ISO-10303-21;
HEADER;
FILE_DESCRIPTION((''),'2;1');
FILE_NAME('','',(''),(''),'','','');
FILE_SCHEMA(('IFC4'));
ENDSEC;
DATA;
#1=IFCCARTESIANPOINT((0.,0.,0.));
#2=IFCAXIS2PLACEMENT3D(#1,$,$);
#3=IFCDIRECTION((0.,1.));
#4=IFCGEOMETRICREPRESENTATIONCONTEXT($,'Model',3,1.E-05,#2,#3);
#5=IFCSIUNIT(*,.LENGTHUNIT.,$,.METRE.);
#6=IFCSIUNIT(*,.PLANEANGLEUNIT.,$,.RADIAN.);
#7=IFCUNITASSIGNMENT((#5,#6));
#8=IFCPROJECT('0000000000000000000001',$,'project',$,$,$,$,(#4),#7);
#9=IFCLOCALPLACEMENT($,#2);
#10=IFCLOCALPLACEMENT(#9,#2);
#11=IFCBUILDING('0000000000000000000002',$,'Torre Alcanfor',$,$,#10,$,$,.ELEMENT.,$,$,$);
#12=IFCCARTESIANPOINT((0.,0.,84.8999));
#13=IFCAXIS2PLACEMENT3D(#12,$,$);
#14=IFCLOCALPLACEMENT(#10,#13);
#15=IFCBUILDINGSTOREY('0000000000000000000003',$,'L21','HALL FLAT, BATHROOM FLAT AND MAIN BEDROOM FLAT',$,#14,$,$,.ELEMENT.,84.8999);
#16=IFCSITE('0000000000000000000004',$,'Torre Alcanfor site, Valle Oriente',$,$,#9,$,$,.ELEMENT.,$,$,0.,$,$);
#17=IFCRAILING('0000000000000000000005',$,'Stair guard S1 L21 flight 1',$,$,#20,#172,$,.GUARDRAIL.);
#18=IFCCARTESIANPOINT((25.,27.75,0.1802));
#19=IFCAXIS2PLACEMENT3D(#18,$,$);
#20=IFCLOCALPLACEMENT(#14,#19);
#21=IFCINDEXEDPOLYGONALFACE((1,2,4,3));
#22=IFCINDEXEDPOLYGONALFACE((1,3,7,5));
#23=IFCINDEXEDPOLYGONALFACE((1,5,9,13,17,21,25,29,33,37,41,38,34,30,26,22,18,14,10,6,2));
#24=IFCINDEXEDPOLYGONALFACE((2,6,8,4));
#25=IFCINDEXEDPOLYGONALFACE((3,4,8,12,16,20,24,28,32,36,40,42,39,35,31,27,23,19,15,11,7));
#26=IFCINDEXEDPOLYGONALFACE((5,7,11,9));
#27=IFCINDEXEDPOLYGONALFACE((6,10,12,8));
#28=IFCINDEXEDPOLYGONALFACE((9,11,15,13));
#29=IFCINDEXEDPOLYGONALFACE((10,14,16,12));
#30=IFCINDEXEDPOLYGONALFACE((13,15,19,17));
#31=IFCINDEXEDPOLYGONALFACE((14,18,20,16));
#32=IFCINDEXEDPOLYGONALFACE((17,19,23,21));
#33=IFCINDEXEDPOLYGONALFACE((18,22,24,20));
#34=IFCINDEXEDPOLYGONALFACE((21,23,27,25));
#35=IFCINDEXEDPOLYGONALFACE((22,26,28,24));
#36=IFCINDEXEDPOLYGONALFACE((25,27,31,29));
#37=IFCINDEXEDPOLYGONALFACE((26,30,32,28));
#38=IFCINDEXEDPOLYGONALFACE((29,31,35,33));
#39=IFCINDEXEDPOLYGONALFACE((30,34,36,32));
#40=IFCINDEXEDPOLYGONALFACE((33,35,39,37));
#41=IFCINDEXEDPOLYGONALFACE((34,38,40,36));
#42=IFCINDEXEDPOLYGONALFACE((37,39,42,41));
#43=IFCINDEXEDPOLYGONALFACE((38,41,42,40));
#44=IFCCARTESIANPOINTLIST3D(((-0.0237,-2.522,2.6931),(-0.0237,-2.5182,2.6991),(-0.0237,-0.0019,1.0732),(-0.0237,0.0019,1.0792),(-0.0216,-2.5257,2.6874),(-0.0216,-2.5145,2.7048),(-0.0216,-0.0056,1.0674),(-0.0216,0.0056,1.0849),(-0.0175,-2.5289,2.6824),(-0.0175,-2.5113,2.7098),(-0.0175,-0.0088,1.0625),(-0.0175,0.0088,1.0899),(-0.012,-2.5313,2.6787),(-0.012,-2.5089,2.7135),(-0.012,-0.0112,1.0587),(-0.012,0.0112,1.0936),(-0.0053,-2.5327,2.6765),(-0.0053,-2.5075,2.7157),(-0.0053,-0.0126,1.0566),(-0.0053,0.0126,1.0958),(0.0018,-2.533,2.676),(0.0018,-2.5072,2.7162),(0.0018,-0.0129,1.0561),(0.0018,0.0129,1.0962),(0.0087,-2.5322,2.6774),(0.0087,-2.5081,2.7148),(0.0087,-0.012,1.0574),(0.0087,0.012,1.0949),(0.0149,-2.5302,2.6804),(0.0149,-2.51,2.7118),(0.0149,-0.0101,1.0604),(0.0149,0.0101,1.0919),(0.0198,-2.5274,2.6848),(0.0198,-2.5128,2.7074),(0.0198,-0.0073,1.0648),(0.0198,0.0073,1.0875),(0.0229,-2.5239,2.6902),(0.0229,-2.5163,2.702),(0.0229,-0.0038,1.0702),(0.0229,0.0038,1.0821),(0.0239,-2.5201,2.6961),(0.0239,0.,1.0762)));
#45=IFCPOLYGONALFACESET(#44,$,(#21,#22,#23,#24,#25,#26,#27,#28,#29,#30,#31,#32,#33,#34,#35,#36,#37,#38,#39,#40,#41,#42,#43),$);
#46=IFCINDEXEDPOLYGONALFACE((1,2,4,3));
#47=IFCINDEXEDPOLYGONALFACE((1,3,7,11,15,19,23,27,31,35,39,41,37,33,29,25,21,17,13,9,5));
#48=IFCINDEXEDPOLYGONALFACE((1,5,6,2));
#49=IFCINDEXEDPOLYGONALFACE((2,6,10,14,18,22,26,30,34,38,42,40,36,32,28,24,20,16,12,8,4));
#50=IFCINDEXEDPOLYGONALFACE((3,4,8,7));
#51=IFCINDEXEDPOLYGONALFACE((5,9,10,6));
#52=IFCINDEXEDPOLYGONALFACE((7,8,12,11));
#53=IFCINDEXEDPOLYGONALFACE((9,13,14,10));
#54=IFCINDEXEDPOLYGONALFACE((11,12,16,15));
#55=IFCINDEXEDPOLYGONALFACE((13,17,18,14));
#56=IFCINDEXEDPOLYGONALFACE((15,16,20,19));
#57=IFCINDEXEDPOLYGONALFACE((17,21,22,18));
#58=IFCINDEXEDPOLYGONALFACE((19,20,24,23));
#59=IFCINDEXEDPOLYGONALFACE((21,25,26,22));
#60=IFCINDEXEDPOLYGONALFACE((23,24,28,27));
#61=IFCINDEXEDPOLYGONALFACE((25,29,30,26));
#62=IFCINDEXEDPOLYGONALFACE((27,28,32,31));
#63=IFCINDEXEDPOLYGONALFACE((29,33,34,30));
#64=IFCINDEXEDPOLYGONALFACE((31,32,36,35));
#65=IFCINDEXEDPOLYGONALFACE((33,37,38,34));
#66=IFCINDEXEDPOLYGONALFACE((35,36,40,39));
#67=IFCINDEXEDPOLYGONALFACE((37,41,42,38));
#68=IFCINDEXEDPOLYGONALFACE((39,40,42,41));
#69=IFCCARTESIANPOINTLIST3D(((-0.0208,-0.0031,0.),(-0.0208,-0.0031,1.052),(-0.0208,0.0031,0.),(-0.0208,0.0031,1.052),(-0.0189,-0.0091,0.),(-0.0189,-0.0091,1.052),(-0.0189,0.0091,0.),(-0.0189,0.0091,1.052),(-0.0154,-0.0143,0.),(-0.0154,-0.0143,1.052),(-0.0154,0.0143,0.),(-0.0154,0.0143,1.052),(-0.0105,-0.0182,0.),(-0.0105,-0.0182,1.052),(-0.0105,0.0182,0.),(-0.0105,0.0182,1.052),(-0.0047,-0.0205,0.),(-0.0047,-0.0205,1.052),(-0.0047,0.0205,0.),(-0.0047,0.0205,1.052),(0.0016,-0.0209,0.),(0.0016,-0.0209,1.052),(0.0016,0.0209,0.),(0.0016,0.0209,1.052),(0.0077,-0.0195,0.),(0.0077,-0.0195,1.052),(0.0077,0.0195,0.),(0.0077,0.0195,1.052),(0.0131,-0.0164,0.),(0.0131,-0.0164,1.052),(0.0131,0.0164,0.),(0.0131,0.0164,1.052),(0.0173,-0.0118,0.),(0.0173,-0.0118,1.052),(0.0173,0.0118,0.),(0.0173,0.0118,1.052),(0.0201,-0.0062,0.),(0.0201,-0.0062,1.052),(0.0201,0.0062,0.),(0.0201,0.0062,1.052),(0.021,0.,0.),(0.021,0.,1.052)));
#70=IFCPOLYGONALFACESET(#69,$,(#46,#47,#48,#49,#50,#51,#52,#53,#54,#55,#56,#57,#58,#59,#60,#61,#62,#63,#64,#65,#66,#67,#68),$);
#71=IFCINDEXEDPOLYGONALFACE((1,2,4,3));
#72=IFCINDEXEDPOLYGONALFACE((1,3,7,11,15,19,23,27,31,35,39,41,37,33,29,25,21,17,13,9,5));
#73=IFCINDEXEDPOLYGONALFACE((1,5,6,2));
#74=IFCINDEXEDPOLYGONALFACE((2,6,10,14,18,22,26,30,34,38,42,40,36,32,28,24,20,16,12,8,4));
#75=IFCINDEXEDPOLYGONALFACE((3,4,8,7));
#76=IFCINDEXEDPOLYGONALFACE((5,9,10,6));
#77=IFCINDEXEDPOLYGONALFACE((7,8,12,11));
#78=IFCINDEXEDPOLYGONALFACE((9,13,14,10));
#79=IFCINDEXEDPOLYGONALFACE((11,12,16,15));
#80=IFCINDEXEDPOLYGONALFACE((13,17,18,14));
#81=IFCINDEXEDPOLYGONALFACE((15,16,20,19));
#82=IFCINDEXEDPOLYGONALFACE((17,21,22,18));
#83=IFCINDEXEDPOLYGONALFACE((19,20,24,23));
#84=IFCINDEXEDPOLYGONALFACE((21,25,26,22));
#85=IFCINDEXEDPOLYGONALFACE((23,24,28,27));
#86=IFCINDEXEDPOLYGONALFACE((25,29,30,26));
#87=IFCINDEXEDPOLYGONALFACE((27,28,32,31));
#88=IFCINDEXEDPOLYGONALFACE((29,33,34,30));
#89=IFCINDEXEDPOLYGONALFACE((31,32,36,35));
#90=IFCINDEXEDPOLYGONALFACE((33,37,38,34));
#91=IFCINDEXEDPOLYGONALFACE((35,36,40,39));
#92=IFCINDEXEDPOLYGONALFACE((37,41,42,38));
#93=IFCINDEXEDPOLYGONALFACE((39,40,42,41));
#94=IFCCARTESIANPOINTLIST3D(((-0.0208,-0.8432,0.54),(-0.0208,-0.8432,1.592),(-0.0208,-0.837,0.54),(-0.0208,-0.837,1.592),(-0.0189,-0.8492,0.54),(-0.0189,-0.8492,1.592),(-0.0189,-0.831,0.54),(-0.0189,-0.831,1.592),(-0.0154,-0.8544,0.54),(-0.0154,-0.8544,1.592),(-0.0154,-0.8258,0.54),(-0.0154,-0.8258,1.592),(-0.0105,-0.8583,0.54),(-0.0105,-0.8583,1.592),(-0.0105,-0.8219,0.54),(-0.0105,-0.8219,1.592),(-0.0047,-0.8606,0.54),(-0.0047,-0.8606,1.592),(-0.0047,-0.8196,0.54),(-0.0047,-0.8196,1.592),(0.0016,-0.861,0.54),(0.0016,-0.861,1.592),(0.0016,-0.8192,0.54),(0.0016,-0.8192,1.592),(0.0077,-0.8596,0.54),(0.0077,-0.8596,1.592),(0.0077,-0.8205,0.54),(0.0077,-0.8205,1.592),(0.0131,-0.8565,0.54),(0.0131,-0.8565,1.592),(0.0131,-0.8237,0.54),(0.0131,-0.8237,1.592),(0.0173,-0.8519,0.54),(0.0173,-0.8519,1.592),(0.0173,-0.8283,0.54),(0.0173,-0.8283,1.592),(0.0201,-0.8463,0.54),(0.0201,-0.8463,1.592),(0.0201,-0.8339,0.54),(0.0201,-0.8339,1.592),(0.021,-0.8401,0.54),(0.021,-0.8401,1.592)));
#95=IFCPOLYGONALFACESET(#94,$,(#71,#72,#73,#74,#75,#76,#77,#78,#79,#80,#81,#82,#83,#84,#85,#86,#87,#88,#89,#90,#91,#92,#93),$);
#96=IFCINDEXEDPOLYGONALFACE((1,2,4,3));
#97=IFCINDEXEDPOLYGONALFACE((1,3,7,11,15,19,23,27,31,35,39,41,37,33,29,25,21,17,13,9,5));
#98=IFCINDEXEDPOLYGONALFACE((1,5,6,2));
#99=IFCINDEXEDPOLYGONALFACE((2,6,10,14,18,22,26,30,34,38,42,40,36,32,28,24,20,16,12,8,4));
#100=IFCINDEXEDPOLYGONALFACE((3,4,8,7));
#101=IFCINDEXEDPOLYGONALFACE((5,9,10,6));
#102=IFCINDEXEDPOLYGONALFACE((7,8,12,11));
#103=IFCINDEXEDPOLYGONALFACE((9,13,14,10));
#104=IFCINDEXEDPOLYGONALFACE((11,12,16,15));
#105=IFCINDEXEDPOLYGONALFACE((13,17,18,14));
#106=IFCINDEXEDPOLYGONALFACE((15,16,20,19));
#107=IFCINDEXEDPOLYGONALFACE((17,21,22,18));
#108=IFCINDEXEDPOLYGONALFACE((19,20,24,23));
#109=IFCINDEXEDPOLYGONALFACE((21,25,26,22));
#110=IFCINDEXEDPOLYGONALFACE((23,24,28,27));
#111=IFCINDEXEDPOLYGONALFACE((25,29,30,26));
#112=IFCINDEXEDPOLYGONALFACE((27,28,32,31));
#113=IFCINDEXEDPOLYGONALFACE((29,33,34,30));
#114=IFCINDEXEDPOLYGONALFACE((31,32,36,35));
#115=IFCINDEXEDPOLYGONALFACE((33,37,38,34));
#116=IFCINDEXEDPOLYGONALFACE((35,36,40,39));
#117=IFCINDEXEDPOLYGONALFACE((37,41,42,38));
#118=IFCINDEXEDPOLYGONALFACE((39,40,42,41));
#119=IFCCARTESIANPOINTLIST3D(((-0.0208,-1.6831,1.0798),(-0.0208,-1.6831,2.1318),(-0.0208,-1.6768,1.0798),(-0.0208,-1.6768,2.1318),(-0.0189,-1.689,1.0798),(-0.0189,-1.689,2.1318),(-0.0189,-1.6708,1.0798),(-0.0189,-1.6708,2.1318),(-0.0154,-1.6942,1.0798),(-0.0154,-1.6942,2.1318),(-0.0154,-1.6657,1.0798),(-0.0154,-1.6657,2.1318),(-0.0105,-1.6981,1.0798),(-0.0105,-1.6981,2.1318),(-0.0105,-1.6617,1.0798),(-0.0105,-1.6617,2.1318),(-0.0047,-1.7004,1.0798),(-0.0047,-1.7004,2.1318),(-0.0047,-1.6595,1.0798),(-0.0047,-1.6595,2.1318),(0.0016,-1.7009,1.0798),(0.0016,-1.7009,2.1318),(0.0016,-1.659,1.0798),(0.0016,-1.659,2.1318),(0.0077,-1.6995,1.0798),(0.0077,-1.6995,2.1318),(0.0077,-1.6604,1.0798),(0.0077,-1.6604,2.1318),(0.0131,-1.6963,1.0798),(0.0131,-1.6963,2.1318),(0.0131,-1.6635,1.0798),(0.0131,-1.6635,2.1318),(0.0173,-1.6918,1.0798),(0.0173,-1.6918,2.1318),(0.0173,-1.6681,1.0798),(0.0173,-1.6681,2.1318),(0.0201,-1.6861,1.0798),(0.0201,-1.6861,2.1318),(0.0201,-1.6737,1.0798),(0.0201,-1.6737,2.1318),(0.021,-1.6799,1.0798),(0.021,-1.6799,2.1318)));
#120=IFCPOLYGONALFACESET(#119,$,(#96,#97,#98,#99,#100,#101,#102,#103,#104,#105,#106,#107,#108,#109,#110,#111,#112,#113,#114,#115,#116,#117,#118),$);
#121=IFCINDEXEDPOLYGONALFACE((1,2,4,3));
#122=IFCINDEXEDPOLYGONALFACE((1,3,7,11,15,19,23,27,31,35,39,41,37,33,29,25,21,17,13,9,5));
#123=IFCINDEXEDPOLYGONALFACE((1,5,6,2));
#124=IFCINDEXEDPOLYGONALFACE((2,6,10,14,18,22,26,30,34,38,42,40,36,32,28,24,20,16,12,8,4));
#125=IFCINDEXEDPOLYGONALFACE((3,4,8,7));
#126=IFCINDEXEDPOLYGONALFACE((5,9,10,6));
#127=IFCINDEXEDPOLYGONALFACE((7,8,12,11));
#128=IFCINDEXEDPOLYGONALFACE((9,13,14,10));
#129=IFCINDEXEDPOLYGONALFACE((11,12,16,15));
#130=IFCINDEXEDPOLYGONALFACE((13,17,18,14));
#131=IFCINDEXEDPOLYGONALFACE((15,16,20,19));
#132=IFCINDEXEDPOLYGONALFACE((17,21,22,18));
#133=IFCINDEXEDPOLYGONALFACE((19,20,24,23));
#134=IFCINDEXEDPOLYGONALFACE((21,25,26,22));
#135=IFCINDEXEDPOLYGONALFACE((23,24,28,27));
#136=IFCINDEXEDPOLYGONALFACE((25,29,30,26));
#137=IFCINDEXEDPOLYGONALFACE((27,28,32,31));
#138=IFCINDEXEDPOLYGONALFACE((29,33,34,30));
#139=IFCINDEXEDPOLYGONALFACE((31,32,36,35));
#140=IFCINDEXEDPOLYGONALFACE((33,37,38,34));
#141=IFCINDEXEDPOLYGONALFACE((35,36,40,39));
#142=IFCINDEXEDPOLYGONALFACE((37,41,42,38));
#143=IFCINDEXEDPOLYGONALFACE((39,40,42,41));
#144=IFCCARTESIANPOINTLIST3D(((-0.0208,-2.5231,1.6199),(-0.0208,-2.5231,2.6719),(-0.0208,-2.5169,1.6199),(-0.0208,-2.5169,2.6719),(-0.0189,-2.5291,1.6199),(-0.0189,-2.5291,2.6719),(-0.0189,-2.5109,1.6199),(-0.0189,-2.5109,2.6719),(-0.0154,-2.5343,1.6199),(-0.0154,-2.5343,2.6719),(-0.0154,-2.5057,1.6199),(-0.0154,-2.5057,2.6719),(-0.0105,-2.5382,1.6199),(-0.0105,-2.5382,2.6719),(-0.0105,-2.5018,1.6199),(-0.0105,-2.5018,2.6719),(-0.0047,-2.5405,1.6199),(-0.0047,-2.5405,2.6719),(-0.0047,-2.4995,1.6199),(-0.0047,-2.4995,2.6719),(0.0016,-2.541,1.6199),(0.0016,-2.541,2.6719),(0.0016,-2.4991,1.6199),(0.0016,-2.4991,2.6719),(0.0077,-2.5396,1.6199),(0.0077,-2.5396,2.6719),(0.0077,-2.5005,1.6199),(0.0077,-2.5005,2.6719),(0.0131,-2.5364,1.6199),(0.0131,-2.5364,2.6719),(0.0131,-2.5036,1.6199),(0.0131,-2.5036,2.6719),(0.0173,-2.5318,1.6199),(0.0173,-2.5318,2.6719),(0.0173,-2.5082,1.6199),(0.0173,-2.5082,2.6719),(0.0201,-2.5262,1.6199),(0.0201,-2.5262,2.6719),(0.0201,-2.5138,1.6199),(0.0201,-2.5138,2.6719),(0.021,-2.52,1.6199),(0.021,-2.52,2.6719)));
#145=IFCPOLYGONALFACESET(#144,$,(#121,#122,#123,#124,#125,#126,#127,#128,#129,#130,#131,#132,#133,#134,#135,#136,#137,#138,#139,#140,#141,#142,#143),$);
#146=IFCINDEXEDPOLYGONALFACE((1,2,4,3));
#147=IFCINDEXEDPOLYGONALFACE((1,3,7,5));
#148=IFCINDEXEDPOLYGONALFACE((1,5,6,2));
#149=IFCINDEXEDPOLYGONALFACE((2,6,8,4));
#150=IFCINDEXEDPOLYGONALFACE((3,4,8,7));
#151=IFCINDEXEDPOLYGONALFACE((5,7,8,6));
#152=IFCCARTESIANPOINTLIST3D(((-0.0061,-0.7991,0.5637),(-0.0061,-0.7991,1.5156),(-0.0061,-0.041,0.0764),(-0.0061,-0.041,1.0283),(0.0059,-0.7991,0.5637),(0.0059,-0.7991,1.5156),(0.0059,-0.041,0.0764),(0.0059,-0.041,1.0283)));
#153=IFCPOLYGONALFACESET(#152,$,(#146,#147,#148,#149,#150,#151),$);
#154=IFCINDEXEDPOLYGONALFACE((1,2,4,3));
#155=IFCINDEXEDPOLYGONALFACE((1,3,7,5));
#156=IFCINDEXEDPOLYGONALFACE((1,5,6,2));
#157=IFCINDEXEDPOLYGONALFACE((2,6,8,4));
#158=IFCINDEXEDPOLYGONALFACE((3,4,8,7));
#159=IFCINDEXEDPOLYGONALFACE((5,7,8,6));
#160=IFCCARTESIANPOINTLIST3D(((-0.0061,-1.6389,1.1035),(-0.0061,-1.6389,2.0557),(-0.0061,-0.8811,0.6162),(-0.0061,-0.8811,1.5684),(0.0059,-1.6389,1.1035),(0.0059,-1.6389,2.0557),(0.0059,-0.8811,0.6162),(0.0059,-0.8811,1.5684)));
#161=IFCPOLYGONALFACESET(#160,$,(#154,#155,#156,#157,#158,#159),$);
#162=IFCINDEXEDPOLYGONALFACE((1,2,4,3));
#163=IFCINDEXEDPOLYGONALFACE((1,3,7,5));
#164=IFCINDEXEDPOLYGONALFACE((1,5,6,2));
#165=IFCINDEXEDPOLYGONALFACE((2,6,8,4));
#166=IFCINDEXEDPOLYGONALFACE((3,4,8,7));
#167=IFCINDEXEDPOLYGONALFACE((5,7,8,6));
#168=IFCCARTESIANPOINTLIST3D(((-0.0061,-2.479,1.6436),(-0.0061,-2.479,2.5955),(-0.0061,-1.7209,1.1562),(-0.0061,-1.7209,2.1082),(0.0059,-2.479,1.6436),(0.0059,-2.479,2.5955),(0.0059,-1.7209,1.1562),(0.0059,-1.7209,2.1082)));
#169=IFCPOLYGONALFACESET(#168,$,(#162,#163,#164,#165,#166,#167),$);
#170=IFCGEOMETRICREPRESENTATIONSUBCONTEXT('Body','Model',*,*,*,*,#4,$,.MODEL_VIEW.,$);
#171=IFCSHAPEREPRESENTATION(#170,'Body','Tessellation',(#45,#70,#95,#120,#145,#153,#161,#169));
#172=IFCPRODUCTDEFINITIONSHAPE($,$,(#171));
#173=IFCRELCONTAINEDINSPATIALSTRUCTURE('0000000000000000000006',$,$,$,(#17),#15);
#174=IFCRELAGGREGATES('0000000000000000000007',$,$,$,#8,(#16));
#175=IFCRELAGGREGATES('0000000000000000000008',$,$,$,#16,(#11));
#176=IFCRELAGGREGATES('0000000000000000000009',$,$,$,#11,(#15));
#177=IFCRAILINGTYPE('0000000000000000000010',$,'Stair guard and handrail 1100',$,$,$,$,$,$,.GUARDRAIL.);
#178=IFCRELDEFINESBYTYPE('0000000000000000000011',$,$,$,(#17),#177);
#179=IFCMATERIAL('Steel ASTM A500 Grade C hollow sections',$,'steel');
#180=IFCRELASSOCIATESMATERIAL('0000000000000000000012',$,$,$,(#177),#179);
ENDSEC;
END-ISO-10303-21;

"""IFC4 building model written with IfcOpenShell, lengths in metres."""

from ifc_helpers import new_model, si_unit, direction, frame, origin, origin_2d, place, context, subcontext, project, spatial, polyline, circle, outline, extrude, material, type_object, element, save


model = new_model("IFC4")

# Units and contexts
model_context = context("Model", 3, precision=1e-05, world=origin(), true_north=direction((0.0, 1.0)))
body_context = subcontext(model_context, "Body", "Model", "MODEL_VIEW")
ifc_project = project(units=[si_unit("LENGTHUNIT", "METRE"), si_unit("PLANEANGLEUNIT", "RADIAN")], contexts=[model_context])

# Site, building, storey
site_placement = place(None, origin())
site = spatial("IfcSite", under=ifc_project, at=site_placement, Name="Torre Alcanfor site, Valle Oriente", CompositionType="ELEMENT", RefElevation=0.0)
building_placement = place(site_placement, origin())
building = spatial("IfcBuilding", under=site, at=building_placement, Name="Torre Alcanfor", CompositionType="ELEMENT")
storey_placement = place(building_placement, frame((0.0, 0.0, 84.8999)))
storey = spatial("IfcBuildingStorey", under=building, at=storey_placement, Name="L21", Description="HALL FLAT, BATHROOM FLAT AND MAIN BEDROOM FLAT", CompositionType="ELEMENT", Elevation=84.8999)

# Railing
ifc_material_1 = material(Name="Steel ASTM A500 Grade C hollow sections", Category="steel")
railing_type_1 = type_object("IfcRailingType", Name="Stair guard and handrail 1100", PredefinedType="GUARDRAIL", material=ifc_material_1)
railing_1_placement = place(storey_placement, frame((25.0, 27.75, 0.1802)))
element("IfcRailing", 1, at=railing_1_placement, inside=storey, type_object=railing_type_1, Name="Stair guard S1 L21 flight 1", PredefinedType="GUARDRAIL", context=body_context, shape_type="SweptSolid", body=[
    extrude(circle(Radius=0.0239, at=origin_2d()), frame((0.0, 0.0, 1.0762), z_axis=(0.0, -0.8412, 0.540725), x_axis=(1.0, 0.0, 0.0)), (0.0, 0.0, 1.0), 2.9958),
    extrude(circle(Radius=0.021, at=origin_2d()), origin(), (0.0, 0.0, 1.0), 1.052),
    extrude(circle(Radius=0.021, at=origin_2d()), frame((0.0, -0.8401, 0.54)), (0.0, 0.0, 1.0), 1.052),
    extrude(circle(Radius=0.021, at=origin_2d()), frame((0.0, -1.6799, 1.0798)), (0.0, 0.0, 1.0), 1.052),
    extrude(circle(Radius=0.021, at=origin_2d()), frame((0.0, -2.52, 1.6199)), (0.0, 0.0, 1.0), 1.052),
    extrude(outline(polyline([(0.041, 0.0764), (0.7991, 0.5637), (0.7991, 1.5156), (0.041, 1.0283), (0.041, 0.0764)])), frame((0.0059, 0.0, 0.0), z_axis=(-1.0, 0.0, 0.0), x_axis=(0.0, -1.0, 0.0)), (0.0, 0.0, 1.0), 0.012),
    extrude(outline(polyline([(0.8811, 0.6162), (1.6389, 1.1035), (1.6389, 2.0557), (0.8811, 1.5684), (0.8811, 0.6162)])), frame((0.0059, 0.0, 0.0), z_axis=(-1.0, 0.0, 0.0), x_axis=(0.0, -1.0, 0.0)), (0.0, 0.0, 1.0), 0.012),
    extrude(outline(polyline([(1.7209, 1.1562), (2.479, 1.6436), (2.479, 2.5955), (1.7209, 2.1082), (1.7209, 1.1562)])), frame((0.0059, 0.0, 0.0), z_axis=(-1.0, 0.0, 0.0), x_axis=(0.0, -1.0, 0.0)), (0.0, 0.0, 1.0), 0.012),
])

save(model, "model.ifc")
